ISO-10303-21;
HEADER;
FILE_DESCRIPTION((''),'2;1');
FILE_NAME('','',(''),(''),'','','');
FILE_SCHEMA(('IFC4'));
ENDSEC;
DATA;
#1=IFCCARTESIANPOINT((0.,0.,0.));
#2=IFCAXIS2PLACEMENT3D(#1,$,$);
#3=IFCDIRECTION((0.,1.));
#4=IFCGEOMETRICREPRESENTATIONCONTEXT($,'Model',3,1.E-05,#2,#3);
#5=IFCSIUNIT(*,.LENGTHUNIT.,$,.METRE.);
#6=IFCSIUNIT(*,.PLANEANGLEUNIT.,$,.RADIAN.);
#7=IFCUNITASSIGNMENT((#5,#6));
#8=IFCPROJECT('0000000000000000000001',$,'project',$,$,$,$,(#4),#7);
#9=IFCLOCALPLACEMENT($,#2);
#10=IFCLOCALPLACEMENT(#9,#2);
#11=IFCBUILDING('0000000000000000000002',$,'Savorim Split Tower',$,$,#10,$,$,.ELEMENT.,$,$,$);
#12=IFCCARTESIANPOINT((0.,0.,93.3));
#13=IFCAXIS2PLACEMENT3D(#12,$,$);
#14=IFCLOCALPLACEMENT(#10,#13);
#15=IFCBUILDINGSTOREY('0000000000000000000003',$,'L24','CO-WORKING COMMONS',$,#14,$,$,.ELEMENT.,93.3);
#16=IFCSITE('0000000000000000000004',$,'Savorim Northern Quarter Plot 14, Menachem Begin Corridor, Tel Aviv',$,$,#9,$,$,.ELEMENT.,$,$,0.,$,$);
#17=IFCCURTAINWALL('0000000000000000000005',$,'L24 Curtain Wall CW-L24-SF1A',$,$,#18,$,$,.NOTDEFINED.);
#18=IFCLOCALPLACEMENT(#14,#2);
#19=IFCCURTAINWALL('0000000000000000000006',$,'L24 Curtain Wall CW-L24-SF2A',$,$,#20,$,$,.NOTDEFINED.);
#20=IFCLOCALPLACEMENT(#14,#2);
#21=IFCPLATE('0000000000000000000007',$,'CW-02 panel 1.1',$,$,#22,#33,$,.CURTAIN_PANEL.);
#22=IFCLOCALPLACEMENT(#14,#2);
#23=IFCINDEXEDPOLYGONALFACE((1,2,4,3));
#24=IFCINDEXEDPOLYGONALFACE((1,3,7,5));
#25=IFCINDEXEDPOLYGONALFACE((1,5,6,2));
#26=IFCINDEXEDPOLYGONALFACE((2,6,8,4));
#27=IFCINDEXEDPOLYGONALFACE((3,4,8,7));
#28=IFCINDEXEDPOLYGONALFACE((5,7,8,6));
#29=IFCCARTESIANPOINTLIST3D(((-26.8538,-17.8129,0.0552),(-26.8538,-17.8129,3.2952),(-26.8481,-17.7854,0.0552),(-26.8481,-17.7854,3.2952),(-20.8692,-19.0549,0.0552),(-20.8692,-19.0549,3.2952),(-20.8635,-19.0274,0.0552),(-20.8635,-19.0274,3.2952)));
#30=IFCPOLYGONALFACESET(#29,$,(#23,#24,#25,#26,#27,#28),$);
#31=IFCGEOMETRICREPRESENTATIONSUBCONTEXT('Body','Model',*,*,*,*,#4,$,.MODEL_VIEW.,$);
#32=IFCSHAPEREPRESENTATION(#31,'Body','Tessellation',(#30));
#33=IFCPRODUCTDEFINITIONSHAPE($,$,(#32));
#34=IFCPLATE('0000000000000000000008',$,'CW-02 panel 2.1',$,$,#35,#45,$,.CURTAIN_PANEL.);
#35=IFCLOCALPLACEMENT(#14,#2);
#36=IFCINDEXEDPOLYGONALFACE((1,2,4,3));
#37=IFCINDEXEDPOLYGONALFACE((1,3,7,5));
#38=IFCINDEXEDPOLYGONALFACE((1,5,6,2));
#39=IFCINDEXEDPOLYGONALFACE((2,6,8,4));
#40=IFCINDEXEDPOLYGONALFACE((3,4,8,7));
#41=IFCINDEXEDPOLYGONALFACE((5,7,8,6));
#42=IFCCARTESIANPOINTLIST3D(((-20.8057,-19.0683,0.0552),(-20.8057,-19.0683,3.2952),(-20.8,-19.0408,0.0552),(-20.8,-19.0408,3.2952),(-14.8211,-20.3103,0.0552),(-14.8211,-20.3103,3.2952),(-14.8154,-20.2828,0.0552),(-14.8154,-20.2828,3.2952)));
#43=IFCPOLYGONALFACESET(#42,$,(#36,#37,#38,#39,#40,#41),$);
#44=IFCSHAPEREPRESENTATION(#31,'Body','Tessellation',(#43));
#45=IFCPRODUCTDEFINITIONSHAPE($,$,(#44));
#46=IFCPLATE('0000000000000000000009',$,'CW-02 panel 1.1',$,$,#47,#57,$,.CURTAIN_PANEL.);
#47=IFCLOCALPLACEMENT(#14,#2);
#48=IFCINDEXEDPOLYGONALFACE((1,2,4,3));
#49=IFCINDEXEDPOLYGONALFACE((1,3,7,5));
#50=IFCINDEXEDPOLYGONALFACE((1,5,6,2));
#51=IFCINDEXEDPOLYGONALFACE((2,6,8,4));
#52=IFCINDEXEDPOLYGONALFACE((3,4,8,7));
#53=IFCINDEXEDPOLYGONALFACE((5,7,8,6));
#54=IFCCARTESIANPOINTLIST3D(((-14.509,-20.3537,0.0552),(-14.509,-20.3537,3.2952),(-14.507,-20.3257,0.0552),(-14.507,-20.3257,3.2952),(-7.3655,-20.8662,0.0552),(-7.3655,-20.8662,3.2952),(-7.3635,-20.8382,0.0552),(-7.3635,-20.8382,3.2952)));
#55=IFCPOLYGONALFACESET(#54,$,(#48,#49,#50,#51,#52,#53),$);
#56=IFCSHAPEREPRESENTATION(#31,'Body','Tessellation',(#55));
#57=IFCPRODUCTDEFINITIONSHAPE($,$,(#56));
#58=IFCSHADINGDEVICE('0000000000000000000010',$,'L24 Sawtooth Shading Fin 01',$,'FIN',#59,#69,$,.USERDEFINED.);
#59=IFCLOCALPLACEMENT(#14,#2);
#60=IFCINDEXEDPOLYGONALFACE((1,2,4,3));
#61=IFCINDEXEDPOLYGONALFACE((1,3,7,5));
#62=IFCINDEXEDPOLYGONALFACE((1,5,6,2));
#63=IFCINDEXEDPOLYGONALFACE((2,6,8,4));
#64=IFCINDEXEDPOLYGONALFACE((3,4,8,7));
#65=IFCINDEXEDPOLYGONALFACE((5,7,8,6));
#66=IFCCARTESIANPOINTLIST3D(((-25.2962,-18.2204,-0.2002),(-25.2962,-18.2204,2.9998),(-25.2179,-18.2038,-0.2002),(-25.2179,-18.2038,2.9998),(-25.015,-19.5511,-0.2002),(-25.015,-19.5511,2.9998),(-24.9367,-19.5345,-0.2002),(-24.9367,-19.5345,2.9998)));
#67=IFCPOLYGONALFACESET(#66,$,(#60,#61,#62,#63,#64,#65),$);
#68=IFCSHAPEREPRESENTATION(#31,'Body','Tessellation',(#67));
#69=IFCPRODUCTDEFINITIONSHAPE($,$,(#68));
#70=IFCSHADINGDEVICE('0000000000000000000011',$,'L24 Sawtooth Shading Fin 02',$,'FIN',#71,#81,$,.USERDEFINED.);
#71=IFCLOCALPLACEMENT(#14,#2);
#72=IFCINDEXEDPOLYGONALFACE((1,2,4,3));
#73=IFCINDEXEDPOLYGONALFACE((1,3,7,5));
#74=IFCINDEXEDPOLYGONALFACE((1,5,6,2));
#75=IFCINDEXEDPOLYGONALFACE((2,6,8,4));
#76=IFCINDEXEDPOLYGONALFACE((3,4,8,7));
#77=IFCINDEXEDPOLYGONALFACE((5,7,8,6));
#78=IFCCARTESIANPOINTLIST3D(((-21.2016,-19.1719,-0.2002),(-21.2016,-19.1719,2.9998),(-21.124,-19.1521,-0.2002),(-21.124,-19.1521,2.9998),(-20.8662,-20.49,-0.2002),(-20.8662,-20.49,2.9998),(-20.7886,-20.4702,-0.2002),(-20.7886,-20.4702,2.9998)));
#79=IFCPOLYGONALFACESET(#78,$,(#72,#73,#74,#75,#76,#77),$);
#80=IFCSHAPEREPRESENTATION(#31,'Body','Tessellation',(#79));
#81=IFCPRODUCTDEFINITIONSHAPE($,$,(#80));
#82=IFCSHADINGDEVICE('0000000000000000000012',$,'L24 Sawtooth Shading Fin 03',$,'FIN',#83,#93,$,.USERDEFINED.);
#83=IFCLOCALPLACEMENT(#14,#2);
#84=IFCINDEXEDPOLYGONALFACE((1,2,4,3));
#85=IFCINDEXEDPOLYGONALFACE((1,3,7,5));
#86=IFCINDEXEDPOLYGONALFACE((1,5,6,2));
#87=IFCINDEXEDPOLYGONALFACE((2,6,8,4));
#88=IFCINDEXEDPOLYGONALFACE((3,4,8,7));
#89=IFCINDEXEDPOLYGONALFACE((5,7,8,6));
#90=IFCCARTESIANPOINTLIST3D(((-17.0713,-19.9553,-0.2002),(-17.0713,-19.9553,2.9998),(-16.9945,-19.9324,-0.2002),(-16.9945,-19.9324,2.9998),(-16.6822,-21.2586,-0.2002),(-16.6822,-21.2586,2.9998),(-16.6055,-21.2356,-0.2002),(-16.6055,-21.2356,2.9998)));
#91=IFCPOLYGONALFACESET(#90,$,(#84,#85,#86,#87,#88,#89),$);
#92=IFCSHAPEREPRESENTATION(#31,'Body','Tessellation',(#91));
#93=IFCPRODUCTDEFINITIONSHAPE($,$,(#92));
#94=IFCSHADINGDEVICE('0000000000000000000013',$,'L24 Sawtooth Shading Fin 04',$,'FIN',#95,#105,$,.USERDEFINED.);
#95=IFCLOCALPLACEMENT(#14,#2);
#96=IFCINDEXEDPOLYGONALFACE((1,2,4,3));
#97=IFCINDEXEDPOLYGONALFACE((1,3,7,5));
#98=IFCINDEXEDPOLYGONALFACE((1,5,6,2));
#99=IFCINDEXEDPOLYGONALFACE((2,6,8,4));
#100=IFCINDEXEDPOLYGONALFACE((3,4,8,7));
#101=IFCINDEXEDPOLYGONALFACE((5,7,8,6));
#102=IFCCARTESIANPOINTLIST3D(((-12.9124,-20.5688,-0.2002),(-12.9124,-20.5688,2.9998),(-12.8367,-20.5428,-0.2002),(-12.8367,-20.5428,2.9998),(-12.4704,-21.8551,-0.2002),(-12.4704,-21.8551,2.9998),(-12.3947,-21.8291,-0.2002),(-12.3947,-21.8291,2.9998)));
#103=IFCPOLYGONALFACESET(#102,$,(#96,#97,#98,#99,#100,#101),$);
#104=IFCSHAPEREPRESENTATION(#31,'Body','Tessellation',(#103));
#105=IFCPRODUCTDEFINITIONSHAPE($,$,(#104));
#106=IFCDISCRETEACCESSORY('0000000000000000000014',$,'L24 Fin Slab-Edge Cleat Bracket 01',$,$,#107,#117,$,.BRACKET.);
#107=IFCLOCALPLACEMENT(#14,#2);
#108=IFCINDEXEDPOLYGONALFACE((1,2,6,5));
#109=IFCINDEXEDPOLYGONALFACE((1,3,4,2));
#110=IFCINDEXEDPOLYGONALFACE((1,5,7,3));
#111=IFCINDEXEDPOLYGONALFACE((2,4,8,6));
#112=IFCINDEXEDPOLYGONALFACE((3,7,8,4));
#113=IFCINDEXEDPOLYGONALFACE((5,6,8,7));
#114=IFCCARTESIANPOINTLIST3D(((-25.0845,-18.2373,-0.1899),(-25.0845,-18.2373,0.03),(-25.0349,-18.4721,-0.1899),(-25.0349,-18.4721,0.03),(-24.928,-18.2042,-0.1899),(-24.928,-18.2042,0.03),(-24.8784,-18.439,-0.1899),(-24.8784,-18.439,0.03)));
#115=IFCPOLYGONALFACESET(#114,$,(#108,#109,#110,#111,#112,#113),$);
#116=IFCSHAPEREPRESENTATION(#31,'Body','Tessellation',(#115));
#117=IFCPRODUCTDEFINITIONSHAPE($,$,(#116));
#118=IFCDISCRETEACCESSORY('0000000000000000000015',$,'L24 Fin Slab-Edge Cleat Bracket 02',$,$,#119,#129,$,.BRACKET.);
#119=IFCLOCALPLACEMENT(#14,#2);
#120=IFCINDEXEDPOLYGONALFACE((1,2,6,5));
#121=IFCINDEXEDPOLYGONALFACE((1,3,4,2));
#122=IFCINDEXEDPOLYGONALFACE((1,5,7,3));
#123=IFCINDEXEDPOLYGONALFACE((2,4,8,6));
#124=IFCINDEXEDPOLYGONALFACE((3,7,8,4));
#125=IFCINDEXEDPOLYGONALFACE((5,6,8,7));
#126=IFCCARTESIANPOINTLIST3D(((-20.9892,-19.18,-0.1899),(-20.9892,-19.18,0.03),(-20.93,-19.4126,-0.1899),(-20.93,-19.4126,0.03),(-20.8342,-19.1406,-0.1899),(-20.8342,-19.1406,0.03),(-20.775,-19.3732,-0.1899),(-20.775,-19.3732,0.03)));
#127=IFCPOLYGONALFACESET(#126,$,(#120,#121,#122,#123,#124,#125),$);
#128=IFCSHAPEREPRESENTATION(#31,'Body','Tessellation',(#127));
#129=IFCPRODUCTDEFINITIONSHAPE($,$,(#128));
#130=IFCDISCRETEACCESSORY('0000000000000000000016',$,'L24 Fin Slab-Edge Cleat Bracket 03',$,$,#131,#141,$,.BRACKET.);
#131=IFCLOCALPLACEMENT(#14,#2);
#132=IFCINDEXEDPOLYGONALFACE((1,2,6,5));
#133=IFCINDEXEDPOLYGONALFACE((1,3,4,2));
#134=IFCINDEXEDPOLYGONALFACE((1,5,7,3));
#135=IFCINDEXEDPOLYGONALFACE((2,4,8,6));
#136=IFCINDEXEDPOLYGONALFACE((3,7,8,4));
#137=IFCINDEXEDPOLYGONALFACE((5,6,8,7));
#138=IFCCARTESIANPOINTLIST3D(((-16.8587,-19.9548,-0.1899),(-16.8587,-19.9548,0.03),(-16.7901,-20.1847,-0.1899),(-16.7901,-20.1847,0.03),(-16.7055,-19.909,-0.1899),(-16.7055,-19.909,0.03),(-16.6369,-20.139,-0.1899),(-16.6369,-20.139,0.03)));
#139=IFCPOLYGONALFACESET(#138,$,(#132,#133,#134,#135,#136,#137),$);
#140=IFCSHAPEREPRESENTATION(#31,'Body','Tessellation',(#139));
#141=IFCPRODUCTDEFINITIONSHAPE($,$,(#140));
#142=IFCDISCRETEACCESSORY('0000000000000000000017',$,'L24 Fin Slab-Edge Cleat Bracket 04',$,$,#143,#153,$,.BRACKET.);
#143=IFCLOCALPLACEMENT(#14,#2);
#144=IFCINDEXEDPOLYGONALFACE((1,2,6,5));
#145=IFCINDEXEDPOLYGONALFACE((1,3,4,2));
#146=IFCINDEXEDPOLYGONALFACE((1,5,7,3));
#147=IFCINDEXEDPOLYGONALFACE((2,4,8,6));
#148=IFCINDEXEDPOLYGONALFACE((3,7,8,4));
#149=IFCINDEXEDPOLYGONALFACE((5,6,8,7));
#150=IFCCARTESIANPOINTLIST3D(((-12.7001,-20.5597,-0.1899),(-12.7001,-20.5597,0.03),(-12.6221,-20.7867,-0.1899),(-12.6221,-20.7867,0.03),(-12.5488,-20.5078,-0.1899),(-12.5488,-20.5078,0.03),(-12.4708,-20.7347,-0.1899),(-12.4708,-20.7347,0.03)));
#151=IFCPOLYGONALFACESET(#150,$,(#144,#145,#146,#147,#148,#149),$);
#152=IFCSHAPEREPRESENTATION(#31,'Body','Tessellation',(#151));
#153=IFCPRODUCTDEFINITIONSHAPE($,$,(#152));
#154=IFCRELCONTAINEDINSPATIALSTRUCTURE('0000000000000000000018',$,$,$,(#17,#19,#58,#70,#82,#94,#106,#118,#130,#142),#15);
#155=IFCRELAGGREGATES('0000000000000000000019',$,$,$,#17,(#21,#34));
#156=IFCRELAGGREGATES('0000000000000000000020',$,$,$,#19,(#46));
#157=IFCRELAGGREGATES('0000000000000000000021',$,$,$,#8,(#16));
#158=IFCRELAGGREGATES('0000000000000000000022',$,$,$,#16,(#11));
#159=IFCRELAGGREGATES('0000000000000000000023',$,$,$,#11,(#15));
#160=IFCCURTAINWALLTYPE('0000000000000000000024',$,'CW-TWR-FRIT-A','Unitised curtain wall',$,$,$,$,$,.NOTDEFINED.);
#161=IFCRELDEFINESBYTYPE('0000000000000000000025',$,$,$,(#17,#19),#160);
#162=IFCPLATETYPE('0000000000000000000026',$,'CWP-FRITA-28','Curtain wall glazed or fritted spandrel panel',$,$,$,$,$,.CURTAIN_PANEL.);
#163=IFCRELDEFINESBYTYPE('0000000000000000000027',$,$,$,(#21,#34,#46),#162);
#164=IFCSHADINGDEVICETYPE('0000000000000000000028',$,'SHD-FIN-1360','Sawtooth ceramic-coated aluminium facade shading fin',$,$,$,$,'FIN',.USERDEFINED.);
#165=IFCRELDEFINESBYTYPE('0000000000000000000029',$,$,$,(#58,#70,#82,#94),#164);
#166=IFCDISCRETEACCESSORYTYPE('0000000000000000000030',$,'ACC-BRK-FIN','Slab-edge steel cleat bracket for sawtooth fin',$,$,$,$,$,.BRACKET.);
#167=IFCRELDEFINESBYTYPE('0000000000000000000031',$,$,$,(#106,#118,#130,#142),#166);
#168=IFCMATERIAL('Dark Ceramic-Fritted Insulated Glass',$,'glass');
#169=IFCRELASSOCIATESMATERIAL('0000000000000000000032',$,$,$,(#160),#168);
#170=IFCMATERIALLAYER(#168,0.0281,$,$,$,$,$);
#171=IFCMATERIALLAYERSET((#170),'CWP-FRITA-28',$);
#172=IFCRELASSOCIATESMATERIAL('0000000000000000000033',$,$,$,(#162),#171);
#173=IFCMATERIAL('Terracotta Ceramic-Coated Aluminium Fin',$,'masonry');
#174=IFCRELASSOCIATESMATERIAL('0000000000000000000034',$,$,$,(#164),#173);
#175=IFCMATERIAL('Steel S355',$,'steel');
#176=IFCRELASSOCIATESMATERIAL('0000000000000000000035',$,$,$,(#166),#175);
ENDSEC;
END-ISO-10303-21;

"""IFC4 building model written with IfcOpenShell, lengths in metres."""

from ifc_helpers import new_model, si_unit, direction, frame, origin, origin_2d, place, context, subcontext, project, spatial, rectangle, extrude, material, layer, layer_set, type_object, element, aggregate, save


model = new_model("IFC4")

# Units and contexts
model_context = context("Model", 3, precision=1e-05, world=origin(), true_north=direction((0.0, 1.0)))
body_context = subcontext(model_context, "Body", "Model", "MODEL_VIEW")
ifc_project = project(units=[si_unit("LENGTHUNIT", "METRE"), si_unit("PLANEANGLEUNIT", "RADIAN")], contexts=[model_context])

# Site, building, storey
site_placement = place(None, origin())
site = spatial("IfcSite", under=ifc_project, at=site_placement, Name="Savorim Northern Quarter Plot 14, Menachem Begin Corridor, Tel Aviv", CompositionType="ELEMENT", RefElevation=0.0)
building_placement = place(site_placement, origin())
building = spatial("IfcBuilding", under=site, at=building_placement, Name="Savorim Split Tower", CompositionType="ELEMENT")
storey_placement = place(building_placement, frame((0.0, 0.0, 93.3)))
storey = spatial("IfcBuildingStorey", under=building, at=storey_placement, Name="L24", Description="CO-WORKING COMMONS", CompositionType="ELEMENT", Elevation=93.3)

# Shared definitions
ifc_material_1 = material(Name="Steel S355", Category="steel")

# Curtain wall
ifc_material_2 = material(Name="Dark Ceramic-Fritted Insulated Glass", Category="glass")
curtain_wall_type = type_object("IfcCurtainWallType", Name="CW-TWR-FRIT-A", Description="Unitised curtain wall", PredefinedType="NOTDEFINED", material=ifc_material_2)
curtain_wall_1_placement = place(storey_placement, origin())
curtain_wall_1 = element("IfcCurtainWall", 1, at=curtain_wall_1_placement, inside=storey, type_object=curtain_wall_type, Name="L24 Curtain Wall CW-L24-SF1A", PredefinedType="NOTDEFINED")

# Curtain wall
curtain_wall_2_placement = place(storey_placement, origin())
curtain_wall_2 = element("IfcCurtainWall", 2, at=curtain_wall_2_placement, inside=storey, type_object=curtain_wall_type, Name="L24 Curtain Wall CW-L24-SF2A", PredefinedType="NOTDEFINED")

# Plates
ifc_layer = layer(ifc_material_2, 0.0281)
ifc_layer_set = layer_set([ifc_layer], Name="CWP-FRITA-28")
plate_type = type_object("IfcPlateType", Name="CWP-FRITA-28", Description="Curtain wall glazed or fritted spandrel panel", PredefinedType="CURTAIN_PANEL", material=ifc_layer_set)
plate_1_placement = place(storey_placement, frame((-23.8586, -18.4202, 0.0552), z_axis=(0.0, 0.0, 1.0), x_axis=(0.979135, -0.203212, 0.0)))
plate_1 = element("IfcPlate", 3, at=plate_1_placement, type_object=plate_type, Name="CW-02 panel 1.1", PredefinedType="CURTAIN_PANEL", context=body_context, shape_type="SweptSolid", body=[
    extrude(rectangle(XDim=6.1121, YDim=0.0281, at=origin_2d()), origin(), (0.0, 0.0, 1.0), 3.24),
])
plate_2_placement = place(storey_placement, frame((-17.8105, -19.6755, 0.0552), z_axis=(0.0, 0.0, 1.0), x_axis=(0.979135, -0.203212, 0.0)))
plate_2 = element("IfcPlate", 4, at=plate_2_placement, type_object=plate_type, Name="CW-02 panel 2.1", PredefinedType="CURTAIN_PANEL", context=body_context, shape_type="SweptSolid", body=[
    extrude(rectangle(XDim=6.1121, YDim=0.0281, at=origin_2d()), origin(), (0.0, 0.0, 1.0), 3.24),
])
aggregate(curtain_wall_1, [plate_1, plate_2])
plate_3_placement = place(storey_placement, frame((-10.9363, -20.5959, 0.0552), z_axis=(0.0, 0.0, 1.0), x_axis=(0.997436, -0.071562, 0.0)))
plate_3 = element("IfcPlate", 5, at=plate_3_placement, type_object=plate_type, Name="CW-02 panel 1.1", PredefinedType="CURTAIN_PANEL", context=body_context, shape_type="SweptSolid", body=[
    extrude(rectangle(XDim=7.1619, YDim=0.0281, at=origin_2d()), origin(), (0.0, 0.0, 1.0), 3.24),
])
aggregate(curtain_wall_2, [plate_3])

# Shading devices
ifc_material_3 = material(Name="Terracotta Ceramic-Coated Aluminium Fin", Category="masonry")
shading_device_type = type_object("IfcShadingDeviceType", Name="SHD-FIN-1360", Description="Sawtooth ceramic-coated aluminium facade shading fin", ElementType="FIN", PredefinedType="USERDEFINED", material=ifc_material_3)
for number, where, z_axis, x_axis, name in (
    (6, (-25.1165, -18.8774, -0.2002), (0.0, 0.0, 1.0), (0.206722, -0.9784, 0.0), "L24 Sawtooth Shading Fin 01"),
    (7, (-20.9951, -19.821, -0.2002), (0.0, 0.0, 1.0), (0.246581, -0.969122, 0.0), "L24 Sawtooth Shading Fin 02"),
    (8, (-16.8384, -20.5955, -0.2002), (0.0, 0.0, 1.0), (0.286026, -0.958222, 0.0), "L24 Sawtooth Shading Fin 03"),
    (9, (-12.6536, -21.199, -0.2002), (0.0, 0.0, 1.0), (0.324994, -0.945716, 0.0), "L24 Sawtooth Shading Fin 04"),
):
    element("IfcShadingDevice", number, at=place(storey_placement, frame(where, z_axis=z_axis, x_axis=x_axis)), inside=storey, type_object=shading_device_type, Name=name, ObjectType="FIN", PredefinedType="USERDEFINED", context=body_context, shape_type="SweptSolid", body=[
        extrude(rectangle(XDim=1.3601, YDim=0.0801, at=origin_2d()), origin(), (0.0, 0.0, 1.0), 3.2),
    ])

# Discrete accessories
discrete_accessory_type = type_object("IfcDiscreteAccessoryType", Name="ACC-BRK-FIN", Description="Slab-edge steel cleat bracket for sawtooth fin", PredefinedType="BRACKET", material=ifc_material_1)
for number, where, z_axis, x_axis, name in (
    (10, (-24.9814, -18.3381, -0.1899), (0.0, 0.0, 1.0), (0.206722, -0.9784, 0.0), "L24 Fin Slab-Edge Cleat Bracket 01"),
    (11, (-20.8821, -19.2766, -0.1899), (0.0, 0.0, 1.0), (0.246581, -0.969122, 0.0), "L24 Fin Slab-Edge Cleat Bracket 02"),
    (12, (-16.7478, -20.0469, -0.1899), (0.0, 0.0, 1.0), (0.286026, -0.958222, 0.0), "L24 Fin Slab-Edge Cleat Bracket 03"),
    (13, (-12.5854, -20.6472, -0.1899), (0.0, 0.0, 1.0), (0.324994, -0.945716, 0.0), "L24 Fin Slab-Edge Cleat Bracket 04"),
):
    element("IfcDiscreteAccessory", number, at=place(storey_placement, frame(where, z_axis=z_axis, x_axis=x_axis)), inside=storey, type_object=discrete_accessory_type, Name=name, PredefinedType="BRACKET", context=body_context, shape_type="SweptSolid", body=[
        extrude(rectangle(XDim=0.24, YDim=0.1599, at=origin_2d()), origin(), (0.0, 0.0, 1.0), 0.22),
    ])

save(model, "model.ifc")
